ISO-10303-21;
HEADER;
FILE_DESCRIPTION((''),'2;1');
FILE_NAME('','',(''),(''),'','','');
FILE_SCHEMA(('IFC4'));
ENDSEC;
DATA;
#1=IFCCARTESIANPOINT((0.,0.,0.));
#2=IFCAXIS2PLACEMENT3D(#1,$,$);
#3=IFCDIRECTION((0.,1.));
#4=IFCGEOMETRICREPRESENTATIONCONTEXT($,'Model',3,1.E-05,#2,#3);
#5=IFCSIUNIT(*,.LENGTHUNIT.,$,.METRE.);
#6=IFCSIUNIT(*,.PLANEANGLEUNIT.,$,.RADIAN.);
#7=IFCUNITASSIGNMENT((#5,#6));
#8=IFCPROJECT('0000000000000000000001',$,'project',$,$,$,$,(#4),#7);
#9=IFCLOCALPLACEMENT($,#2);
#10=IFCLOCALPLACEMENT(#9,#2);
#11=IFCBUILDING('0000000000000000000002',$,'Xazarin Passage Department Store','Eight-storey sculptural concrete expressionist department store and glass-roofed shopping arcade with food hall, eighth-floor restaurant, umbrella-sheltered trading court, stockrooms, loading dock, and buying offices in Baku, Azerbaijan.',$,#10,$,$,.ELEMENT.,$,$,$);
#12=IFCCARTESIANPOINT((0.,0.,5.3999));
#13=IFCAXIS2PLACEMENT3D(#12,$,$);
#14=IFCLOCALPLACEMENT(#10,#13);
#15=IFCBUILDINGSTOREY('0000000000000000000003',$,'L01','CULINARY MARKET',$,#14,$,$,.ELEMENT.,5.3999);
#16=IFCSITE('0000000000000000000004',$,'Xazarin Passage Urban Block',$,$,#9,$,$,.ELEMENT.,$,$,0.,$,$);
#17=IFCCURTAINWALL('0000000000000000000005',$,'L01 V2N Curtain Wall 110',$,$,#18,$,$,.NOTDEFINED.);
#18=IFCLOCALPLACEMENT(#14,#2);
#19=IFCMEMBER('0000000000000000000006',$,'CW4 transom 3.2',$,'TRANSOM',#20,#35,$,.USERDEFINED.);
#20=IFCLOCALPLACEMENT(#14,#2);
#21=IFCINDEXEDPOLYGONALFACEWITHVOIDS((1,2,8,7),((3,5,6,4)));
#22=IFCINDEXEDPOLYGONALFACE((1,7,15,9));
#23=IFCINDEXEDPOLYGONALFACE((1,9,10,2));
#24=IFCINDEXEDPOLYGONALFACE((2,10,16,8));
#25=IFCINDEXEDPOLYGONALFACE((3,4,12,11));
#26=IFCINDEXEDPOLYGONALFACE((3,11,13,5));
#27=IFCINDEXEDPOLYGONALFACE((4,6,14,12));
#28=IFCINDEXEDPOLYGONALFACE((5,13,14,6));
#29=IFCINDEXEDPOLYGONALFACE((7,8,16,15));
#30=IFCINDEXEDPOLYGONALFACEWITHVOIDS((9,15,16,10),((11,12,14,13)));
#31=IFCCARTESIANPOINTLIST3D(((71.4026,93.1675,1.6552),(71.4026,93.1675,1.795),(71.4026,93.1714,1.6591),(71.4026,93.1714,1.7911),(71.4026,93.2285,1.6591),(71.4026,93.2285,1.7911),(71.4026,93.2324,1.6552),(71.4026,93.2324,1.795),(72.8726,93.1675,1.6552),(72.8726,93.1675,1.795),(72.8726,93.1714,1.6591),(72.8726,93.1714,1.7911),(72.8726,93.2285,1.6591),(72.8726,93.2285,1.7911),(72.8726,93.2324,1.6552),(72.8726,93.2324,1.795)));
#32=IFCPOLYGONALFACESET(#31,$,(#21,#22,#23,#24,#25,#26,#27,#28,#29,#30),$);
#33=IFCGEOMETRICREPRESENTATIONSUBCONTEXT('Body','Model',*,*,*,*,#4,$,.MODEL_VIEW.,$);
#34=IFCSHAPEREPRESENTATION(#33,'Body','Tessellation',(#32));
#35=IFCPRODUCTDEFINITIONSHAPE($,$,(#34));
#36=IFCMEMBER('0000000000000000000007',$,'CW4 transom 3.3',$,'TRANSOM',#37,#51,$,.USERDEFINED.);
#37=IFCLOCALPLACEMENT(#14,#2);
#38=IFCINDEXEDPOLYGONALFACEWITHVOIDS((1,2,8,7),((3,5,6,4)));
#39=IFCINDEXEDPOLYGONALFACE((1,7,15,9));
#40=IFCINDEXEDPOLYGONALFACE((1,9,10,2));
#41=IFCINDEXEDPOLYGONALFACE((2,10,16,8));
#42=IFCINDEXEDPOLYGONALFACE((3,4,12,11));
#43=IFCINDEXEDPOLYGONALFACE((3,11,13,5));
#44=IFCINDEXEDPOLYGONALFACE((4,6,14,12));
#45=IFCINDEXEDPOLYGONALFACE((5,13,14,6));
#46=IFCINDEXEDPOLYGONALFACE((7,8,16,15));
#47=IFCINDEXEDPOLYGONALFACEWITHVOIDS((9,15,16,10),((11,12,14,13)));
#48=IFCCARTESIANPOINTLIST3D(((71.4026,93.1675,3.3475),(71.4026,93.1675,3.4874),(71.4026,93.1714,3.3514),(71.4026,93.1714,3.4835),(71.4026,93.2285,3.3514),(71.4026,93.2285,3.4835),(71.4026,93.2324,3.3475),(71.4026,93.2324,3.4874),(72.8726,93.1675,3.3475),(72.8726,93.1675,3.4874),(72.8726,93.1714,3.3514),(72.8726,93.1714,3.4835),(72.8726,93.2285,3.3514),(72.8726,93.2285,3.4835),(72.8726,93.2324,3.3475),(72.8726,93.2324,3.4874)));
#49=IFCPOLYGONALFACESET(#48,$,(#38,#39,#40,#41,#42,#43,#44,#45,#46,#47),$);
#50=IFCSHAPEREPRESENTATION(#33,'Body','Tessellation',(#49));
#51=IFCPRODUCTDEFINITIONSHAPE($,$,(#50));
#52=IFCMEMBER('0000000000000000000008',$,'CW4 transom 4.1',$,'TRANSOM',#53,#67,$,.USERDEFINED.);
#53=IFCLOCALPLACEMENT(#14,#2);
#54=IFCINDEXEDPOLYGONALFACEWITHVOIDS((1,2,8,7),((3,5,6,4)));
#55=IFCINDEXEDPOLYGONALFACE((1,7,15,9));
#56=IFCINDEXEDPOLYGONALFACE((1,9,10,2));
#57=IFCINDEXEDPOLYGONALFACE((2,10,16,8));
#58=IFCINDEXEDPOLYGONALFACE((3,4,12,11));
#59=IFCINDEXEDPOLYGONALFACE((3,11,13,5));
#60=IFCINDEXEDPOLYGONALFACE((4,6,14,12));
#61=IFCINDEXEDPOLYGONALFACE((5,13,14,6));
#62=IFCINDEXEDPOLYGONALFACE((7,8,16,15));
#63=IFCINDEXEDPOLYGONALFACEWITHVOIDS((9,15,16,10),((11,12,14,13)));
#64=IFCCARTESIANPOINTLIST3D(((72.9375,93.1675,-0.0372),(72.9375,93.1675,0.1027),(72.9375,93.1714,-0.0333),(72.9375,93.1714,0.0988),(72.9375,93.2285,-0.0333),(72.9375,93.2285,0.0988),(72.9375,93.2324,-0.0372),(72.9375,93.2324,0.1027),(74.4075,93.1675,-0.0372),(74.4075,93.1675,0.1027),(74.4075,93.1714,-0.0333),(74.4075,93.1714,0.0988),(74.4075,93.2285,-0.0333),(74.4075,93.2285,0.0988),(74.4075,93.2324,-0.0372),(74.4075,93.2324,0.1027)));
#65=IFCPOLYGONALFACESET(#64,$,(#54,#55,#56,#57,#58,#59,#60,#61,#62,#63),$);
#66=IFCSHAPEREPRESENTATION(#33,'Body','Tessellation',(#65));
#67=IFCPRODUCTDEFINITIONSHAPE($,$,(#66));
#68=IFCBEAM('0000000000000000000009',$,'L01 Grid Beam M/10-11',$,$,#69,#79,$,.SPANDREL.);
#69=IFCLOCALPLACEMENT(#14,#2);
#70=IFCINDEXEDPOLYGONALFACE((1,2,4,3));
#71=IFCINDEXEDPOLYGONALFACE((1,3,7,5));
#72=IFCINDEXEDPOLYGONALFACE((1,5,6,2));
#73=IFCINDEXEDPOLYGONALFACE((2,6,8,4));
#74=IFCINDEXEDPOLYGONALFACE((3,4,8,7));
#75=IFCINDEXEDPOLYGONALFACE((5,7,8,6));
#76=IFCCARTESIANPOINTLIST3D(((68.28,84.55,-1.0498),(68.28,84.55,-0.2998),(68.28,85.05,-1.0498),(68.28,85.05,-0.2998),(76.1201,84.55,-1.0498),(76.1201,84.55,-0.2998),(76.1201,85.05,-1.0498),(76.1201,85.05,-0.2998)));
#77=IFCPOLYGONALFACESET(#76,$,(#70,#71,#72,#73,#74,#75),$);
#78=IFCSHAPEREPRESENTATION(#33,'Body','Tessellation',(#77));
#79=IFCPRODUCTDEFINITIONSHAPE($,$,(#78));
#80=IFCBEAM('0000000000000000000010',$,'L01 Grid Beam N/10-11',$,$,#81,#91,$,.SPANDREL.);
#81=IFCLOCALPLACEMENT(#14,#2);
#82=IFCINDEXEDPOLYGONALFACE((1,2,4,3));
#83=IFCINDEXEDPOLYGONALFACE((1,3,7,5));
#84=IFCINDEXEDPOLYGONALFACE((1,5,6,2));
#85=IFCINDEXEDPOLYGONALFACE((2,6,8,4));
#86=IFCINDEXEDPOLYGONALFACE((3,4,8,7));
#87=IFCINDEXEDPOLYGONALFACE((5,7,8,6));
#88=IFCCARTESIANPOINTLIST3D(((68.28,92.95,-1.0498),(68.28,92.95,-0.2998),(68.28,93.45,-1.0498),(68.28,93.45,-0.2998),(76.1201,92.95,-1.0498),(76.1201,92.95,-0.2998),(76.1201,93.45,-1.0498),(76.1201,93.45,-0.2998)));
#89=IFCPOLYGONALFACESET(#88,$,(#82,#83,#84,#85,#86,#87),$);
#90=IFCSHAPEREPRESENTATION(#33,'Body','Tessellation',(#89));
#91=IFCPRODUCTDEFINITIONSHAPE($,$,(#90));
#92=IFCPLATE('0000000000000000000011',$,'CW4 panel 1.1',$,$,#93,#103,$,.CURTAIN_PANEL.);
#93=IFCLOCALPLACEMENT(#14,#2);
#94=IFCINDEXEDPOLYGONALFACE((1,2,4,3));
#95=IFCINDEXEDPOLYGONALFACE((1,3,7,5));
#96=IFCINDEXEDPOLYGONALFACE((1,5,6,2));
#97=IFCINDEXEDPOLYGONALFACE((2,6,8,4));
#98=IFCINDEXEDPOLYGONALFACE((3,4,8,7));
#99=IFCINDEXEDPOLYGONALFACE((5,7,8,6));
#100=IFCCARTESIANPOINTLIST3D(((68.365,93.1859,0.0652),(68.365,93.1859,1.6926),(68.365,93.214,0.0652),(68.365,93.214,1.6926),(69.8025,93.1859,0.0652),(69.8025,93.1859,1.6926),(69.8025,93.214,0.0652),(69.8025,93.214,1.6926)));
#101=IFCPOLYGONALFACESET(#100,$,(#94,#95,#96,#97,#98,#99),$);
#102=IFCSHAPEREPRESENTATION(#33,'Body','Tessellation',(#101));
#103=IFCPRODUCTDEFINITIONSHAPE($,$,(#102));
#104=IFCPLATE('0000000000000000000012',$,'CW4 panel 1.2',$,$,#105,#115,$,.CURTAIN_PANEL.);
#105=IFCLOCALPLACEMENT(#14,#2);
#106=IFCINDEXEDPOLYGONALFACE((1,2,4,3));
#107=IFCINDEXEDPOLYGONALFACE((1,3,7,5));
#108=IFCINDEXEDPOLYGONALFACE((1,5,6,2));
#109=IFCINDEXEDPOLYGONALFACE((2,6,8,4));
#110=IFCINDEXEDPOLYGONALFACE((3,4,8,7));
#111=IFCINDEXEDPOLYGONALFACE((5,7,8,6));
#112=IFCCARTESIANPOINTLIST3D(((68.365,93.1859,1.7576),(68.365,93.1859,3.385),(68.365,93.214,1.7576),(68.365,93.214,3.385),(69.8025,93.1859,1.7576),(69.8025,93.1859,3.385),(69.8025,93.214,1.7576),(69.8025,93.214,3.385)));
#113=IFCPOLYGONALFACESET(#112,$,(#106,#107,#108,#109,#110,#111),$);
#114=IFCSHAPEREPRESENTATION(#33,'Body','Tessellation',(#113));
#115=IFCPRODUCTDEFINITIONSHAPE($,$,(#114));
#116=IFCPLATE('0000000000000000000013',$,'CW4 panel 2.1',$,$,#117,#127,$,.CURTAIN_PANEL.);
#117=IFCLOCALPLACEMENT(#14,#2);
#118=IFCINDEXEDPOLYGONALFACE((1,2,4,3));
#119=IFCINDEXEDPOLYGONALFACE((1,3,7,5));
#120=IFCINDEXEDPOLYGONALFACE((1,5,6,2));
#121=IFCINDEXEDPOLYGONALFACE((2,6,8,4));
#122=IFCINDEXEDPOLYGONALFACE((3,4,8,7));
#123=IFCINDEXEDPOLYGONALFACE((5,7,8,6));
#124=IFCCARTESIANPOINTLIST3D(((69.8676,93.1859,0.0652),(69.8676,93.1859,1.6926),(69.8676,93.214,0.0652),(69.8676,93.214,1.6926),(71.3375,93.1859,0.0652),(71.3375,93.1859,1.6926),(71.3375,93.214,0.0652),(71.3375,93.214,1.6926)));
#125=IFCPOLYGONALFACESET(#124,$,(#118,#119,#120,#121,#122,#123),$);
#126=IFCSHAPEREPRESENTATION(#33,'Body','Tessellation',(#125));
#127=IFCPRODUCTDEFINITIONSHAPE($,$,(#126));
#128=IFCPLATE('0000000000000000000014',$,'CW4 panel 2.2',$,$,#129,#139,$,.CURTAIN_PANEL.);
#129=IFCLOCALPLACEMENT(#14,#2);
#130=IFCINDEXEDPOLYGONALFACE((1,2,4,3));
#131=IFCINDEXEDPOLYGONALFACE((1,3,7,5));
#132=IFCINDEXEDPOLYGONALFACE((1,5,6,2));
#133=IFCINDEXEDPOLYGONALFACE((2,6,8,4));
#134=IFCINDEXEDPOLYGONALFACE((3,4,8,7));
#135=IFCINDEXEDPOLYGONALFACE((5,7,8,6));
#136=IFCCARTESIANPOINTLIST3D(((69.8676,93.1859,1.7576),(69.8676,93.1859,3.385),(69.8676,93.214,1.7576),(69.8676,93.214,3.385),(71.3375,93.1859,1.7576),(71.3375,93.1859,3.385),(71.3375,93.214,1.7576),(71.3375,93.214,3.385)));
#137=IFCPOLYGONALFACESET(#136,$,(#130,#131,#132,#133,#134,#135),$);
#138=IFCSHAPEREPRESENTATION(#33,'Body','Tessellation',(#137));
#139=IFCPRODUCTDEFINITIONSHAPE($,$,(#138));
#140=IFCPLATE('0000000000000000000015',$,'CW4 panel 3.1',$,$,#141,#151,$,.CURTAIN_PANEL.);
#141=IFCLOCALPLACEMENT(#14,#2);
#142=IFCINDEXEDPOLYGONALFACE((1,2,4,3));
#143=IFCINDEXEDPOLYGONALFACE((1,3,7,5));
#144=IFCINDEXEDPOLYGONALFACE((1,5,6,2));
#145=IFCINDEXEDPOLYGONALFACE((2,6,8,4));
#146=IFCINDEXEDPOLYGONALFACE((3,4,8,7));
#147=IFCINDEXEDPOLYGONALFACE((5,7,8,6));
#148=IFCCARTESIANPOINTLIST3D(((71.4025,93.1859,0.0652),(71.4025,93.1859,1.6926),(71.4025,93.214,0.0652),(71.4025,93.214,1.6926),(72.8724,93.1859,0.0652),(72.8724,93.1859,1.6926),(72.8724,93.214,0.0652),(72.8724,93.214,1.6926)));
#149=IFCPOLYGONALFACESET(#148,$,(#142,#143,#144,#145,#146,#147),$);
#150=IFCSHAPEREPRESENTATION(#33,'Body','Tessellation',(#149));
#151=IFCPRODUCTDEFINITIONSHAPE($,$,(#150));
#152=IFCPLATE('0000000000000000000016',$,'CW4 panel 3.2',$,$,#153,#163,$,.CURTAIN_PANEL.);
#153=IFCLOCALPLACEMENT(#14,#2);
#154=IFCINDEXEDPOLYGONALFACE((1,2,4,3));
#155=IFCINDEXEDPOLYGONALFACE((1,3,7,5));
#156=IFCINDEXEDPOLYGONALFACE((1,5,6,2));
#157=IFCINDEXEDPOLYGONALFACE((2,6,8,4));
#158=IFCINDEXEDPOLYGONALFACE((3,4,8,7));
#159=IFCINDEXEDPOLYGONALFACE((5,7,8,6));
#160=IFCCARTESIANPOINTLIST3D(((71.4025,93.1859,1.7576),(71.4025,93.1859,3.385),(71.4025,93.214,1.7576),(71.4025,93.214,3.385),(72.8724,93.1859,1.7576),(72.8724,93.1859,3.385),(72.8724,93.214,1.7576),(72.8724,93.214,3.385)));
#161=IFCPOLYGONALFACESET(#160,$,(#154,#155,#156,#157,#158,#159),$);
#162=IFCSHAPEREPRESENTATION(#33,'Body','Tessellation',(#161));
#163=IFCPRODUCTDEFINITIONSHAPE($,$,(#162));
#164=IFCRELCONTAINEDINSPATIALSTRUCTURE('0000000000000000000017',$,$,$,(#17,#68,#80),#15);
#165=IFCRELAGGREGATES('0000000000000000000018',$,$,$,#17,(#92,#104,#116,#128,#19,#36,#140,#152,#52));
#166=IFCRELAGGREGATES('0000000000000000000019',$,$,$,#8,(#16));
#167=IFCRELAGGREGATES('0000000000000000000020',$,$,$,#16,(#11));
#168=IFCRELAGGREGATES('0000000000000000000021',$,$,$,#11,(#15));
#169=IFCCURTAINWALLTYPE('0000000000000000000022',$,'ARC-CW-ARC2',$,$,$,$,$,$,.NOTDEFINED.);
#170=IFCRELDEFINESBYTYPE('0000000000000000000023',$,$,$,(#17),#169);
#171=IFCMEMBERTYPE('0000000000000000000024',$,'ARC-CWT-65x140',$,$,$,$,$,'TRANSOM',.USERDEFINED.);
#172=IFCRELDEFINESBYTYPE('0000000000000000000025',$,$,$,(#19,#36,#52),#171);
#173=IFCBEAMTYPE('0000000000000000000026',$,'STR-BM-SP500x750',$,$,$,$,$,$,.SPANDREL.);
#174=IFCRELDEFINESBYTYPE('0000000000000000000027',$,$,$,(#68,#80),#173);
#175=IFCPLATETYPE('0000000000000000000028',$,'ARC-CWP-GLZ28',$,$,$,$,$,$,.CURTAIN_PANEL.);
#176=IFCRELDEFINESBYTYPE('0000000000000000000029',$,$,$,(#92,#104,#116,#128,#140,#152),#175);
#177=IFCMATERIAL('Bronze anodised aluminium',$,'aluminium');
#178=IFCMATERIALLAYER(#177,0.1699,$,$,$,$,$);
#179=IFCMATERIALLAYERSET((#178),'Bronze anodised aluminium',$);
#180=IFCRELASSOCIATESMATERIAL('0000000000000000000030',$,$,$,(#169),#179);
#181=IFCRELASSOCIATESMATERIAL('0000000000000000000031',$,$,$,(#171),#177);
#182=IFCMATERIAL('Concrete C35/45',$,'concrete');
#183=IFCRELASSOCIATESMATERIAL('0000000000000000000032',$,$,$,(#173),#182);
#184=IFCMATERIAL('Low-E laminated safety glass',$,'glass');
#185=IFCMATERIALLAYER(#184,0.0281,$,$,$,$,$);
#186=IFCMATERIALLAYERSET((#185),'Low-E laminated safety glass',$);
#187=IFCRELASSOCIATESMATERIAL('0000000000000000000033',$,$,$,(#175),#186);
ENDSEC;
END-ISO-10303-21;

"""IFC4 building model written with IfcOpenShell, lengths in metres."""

from ifc_helpers import new_model, si_unit, direction, frame, origin, origin_2d, place, context, subcontext, project, spatial, rectangle, hollow_rectangle, extrude, material, layer, layer_set, material_profile, profile_set, type_object, element, aggregate, save


model = new_model("IFC4")

# Units and contexts
model_context = context("Model", 3, precision=1e-05, world=origin(), true_north=direction((0.0, 1.0)))
body_context = subcontext(model_context, "Body", "Model", "MODEL_VIEW")
ifc_project = project(units=[si_unit("LENGTHUNIT", "METRE"), si_unit("PLANEANGLEUNIT", "RADIAN")], contexts=[model_context])

# Site, building, storey
site_placement = place(None, origin())
site = spatial("IfcSite", under=ifc_project, at=site_placement, Name="Xazarin Passage Urban Block", CompositionType="ELEMENT", RefElevation=0.0)
building_placement = place(site_placement, origin())
building = spatial("IfcBuilding", under=site, at=building_placement, Name="Xazarin Passage Department Store", Description="Eight-storey sculptural concrete expressionist department store and glass-roofed shopping arcade with food hall, eighth-floor restaurant, umbrella-sheltered trading court, stockrooms, loading dock, and buying offices in Baku, Azerbaijan.", CompositionType="ELEMENT")
storey_placement = place(building_placement, frame((0.0, 0.0, 5.3999)))
storey = spatial("IfcBuildingStorey", under=building, at=storey_placement, Name="L01", Description="CULINARY MARKET", CompositionType="ELEMENT", Elevation=5.3999)

# Curtain wall, members
ifc_material_1 = material(Name="Bronze anodised aluminium", Category="aluminium")
ifc_layer_1 = layer(ifc_material_1, 0.1699)
ifc_layer_set_1 = layer_set([ifc_layer_1], Name="Bronze anodised aluminium")
curtain_wall_type = type_object("IfcCurtainWallType", Name="ARC-CW-ARC2", PredefinedType="NOTDEFINED", material=ifc_layer_set_1)
curtain_wall_placement = place(storey_placement, origin())
curtain_wall = element("IfcCurtainWall", 1, at=curtain_wall_placement, inside=storey, type_object=curtain_wall_type, Name="L01 V2N Curtain Wall 110", PredefinedType="NOTDEFINED")
ifc_material_profile_1 = material_profile(ifc_material_1, hollow_rectangle(XDim=0.0649, YDim=0.1399, WallThickness=0.0039, at=origin_2d()), Name="ALU 65x140")
ifc_profile_set_1 = profile_set([ifc_material_profile_1], Name="Bronze anodised aluminium")
member_type_1 = type_object("IfcMemberType", Name="ARC-CWT-65x140", ElementType="TRANSOM", PredefinedType="USERDEFINED", material=ifc_profile_set_1)
member_1_placement = place(storey_placement, frame((71.4026, 93.2, 1.7251), z_axis=(1.0, 0.0, 0.0), x_axis=(0.0, 1.0, 0.0)))
member_1 = element("IfcMember", 2, at=member_1_placement, type_object=member_type_1, Name="CW4 transom 3.2", ObjectType="TRANSOM", PredefinedType="USERDEFINED", context=body_context, shape_type="SweptSolid", body=[
    extrude(hollow_rectangle(XDim=0.0649, YDim=0.1399, WallThickness=0.0039, at=origin_2d()), origin(), (0.0, 0.0, 1.0), 1.47),
])
member_2_placement = place(storey_placement, frame((71.4026, 93.2, 3.4175), z_axis=(1.0, 0.0, 0.0), x_axis=(0.0, 1.0, 0.0)))
member_2 = element("IfcMember", 3, at=member_2_placement, type_object=member_type_1, Name="CW4 transom 3.3", ObjectType="TRANSOM", PredefinedType="USERDEFINED", context=body_context, shape_type="SweptSolid", body=[
    extrude(hollow_rectangle(XDim=0.0649, YDim=0.1399, WallThickness=0.0039, at=origin_2d()), origin(), (0.0, 0.0, 1.0), 1.47),
])
member_3_placement = place(storey_placement, frame((72.9375, 93.2, 0.0327), z_axis=(1.0, 0.0, 0.0), x_axis=(0.0, 1.0, 0.0)))
member_3 = element("IfcMember", 4, at=member_3_placement, type_object=member_type_1, Name="CW4 transom 4.1", ObjectType="TRANSOM", PredefinedType="USERDEFINED", context=body_context, shape_type="SweptSolid", body=[
    extrude(hollow_rectangle(XDim=0.0649, YDim=0.1399, WallThickness=0.0039, at=origin_2d()), origin(), (0.0, 0.0, 1.0), 1.47),
])

# Beams
ifc_material_2 = material(Name="Concrete C35/45", Category="concrete")
ifc_material_profile_2 = material_profile(ifc_material_2, rectangle(XDim=0.5, YDim=0.75, at=origin_2d()), Name="RC 500x750")
ifc_profile_set_2 = profile_set([ifc_material_profile_2], Name="Concrete C35/45")
beam_type = type_object("IfcBeamType", Name="STR-BM-SP500x750", PredefinedType="SPANDREL", material=ifc_profile_set_2)
for number, where, z_axis, x_axis, name in (
    (5, (68.28, 84.8, -0.6748), (1.0, 0.0, 0.0), (0.0, 1.0, 0.0), "L01 Grid Beam M/10-11"),
    (6, (68.28, 93.2, -0.6748), (1.0, 0.0, 0.0), (0.0, 1.0, 0.0), "L01 Grid Beam N/10-11"),
):
    element("IfcBeam", number, at=place(storey_placement, frame(where, z_axis=z_axis, x_axis=x_axis)), inside=storey, type_object=beam_type, Name=name, PredefinedType="SPANDREL", context=body_context, shape_type="SweptSolid", body=[
        extrude(rectangle(XDim=0.5, YDim=0.75, at=origin_2d()), origin(), (0.0, 0.0, 1.0), 7.8401),
    ])

# Plates
ifc_material_3 = material(Name="Low-E laminated safety glass", Category="glass")
ifc_layer_2 = layer(ifc_material_3, 0.0281)
ifc_layer_set_2 = layer_set([ifc_layer_2], Name="Low-E laminated safety glass")
plate_type = type_object("IfcPlateType", Name="ARC-CWP-GLZ28", PredefinedType="CURTAIN_PANEL", material=ifc_layer_set_2)
plate_1_placement = place(storey_placement, frame((69.0837, 93.2, 0.0652), z_axis=(0.0, 0.0, 1.0), x_axis=(1.0, 0.0, 0.0)))
plate_1 = element("IfcPlate", 7, at=plate_1_placement, type_object=plate_type, Name="CW4 panel 1.1", PredefinedType="CURTAIN_PANEL", context=body_context, shape_type="SweptSolid", body=[
    extrude(rectangle(XDim=1.4375, YDim=0.0281, at=origin_2d()), origin(), (0.0, 0.0, 1.0), 1.6274),
])
plate_2_placement = place(storey_placement, frame((69.0837, 93.2, 1.7576), z_axis=(0.0, 0.0, 1.0), x_axis=(1.0, 0.0, 0.0)))
plate_2 = element("IfcPlate", 8, at=plate_2_placement, type_object=plate_type, Name="CW4 panel 1.2", PredefinedType="CURTAIN_PANEL", context=body_context, shape_type="SweptSolid", body=[
    extrude(rectangle(XDim=1.4375, YDim=0.0281, at=origin_2d()), origin(), (0.0, 0.0, 1.0), 1.6274),
])
plate_3_placement = place(storey_placement, frame((70.6025, 93.2, 0.0652), z_axis=(0.0, 0.0, 1.0), x_axis=(1.0, 0.0, 0.0)))
plate_3 = element("IfcPlate", 9, at=plate_3_placement, type_object=plate_type, Name="CW4 panel 2.1", PredefinedType="CURTAIN_PANEL", context=body_context, shape_type="SweptSolid", body=[
    extrude(rectangle(XDim=1.47, YDim=0.0281, at=origin_2d()), origin(), (0.0, 0.0, 1.0), 1.6274),
])
plate_4_placement = place(storey_placement, frame((70.6025, 93.2, 1.7576), z_axis=(0.0, 0.0, 1.0), x_axis=(1.0, 0.0, 0.0)))
plate_4 = element("IfcPlate", 10, at=plate_4_placement, type_object=plate_type, Name="CW4 panel 2.2", PredefinedType="CURTAIN_PANEL", context=body_context, shape_type="SweptSolid", body=[
    extrude(rectangle(XDim=1.47, YDim=0.0281, at=origin_2d()), origin(), (0.0, 0.0, 1.0), 1.6274),
])
plate_5_placement = place(storey_placement, frame((72.1375, 93.2, 0.0652), z_axis=(0.0, 0.0, 1.0), x_axis=(1.0, 0.0, 0.0)))
plate_5 = element("IfcPlate", 11, at=plate_5_placement, type_object=plate_type, Name="CW4 panel 3.1", PredefinedType="CURTAIN_PANEL", context=body_context, shape_type="SweptSolid", body=[
    extrude(rectangle(XDim=1.47, YDim=0.0281, at=origin_2d()), origin(), (0.0, 0.0, 1.0), 1.6274),
])
plate_6_placement = place(storey_placement, frame((72.1375, 93.2, 1.7576), z_axis=(0.0, 0.0, 1.0), x_axis=(1.0, 0.0, 0.0)))
plate_6 = element("IfcPlate", 12, at=plate_6_placement, type_object=plate_type, Name="CW4 panel 3.2", PredefinedType="CURTAIN_PANEL", context=body_context, shape_type="SweptSolid", body=[
    extrude(rectangle(XDim=1.47, YDim=0.0281, at=origin_2d()), origin(), (0.0, 0.0, 1.0), 1.6274),
])
aggregate(curtain_wall, [plate_1, plate_2, plate_3, plate_4, member_1, member_2, plate_5, plate_6, member_3])

save(model, "model.ifc")
